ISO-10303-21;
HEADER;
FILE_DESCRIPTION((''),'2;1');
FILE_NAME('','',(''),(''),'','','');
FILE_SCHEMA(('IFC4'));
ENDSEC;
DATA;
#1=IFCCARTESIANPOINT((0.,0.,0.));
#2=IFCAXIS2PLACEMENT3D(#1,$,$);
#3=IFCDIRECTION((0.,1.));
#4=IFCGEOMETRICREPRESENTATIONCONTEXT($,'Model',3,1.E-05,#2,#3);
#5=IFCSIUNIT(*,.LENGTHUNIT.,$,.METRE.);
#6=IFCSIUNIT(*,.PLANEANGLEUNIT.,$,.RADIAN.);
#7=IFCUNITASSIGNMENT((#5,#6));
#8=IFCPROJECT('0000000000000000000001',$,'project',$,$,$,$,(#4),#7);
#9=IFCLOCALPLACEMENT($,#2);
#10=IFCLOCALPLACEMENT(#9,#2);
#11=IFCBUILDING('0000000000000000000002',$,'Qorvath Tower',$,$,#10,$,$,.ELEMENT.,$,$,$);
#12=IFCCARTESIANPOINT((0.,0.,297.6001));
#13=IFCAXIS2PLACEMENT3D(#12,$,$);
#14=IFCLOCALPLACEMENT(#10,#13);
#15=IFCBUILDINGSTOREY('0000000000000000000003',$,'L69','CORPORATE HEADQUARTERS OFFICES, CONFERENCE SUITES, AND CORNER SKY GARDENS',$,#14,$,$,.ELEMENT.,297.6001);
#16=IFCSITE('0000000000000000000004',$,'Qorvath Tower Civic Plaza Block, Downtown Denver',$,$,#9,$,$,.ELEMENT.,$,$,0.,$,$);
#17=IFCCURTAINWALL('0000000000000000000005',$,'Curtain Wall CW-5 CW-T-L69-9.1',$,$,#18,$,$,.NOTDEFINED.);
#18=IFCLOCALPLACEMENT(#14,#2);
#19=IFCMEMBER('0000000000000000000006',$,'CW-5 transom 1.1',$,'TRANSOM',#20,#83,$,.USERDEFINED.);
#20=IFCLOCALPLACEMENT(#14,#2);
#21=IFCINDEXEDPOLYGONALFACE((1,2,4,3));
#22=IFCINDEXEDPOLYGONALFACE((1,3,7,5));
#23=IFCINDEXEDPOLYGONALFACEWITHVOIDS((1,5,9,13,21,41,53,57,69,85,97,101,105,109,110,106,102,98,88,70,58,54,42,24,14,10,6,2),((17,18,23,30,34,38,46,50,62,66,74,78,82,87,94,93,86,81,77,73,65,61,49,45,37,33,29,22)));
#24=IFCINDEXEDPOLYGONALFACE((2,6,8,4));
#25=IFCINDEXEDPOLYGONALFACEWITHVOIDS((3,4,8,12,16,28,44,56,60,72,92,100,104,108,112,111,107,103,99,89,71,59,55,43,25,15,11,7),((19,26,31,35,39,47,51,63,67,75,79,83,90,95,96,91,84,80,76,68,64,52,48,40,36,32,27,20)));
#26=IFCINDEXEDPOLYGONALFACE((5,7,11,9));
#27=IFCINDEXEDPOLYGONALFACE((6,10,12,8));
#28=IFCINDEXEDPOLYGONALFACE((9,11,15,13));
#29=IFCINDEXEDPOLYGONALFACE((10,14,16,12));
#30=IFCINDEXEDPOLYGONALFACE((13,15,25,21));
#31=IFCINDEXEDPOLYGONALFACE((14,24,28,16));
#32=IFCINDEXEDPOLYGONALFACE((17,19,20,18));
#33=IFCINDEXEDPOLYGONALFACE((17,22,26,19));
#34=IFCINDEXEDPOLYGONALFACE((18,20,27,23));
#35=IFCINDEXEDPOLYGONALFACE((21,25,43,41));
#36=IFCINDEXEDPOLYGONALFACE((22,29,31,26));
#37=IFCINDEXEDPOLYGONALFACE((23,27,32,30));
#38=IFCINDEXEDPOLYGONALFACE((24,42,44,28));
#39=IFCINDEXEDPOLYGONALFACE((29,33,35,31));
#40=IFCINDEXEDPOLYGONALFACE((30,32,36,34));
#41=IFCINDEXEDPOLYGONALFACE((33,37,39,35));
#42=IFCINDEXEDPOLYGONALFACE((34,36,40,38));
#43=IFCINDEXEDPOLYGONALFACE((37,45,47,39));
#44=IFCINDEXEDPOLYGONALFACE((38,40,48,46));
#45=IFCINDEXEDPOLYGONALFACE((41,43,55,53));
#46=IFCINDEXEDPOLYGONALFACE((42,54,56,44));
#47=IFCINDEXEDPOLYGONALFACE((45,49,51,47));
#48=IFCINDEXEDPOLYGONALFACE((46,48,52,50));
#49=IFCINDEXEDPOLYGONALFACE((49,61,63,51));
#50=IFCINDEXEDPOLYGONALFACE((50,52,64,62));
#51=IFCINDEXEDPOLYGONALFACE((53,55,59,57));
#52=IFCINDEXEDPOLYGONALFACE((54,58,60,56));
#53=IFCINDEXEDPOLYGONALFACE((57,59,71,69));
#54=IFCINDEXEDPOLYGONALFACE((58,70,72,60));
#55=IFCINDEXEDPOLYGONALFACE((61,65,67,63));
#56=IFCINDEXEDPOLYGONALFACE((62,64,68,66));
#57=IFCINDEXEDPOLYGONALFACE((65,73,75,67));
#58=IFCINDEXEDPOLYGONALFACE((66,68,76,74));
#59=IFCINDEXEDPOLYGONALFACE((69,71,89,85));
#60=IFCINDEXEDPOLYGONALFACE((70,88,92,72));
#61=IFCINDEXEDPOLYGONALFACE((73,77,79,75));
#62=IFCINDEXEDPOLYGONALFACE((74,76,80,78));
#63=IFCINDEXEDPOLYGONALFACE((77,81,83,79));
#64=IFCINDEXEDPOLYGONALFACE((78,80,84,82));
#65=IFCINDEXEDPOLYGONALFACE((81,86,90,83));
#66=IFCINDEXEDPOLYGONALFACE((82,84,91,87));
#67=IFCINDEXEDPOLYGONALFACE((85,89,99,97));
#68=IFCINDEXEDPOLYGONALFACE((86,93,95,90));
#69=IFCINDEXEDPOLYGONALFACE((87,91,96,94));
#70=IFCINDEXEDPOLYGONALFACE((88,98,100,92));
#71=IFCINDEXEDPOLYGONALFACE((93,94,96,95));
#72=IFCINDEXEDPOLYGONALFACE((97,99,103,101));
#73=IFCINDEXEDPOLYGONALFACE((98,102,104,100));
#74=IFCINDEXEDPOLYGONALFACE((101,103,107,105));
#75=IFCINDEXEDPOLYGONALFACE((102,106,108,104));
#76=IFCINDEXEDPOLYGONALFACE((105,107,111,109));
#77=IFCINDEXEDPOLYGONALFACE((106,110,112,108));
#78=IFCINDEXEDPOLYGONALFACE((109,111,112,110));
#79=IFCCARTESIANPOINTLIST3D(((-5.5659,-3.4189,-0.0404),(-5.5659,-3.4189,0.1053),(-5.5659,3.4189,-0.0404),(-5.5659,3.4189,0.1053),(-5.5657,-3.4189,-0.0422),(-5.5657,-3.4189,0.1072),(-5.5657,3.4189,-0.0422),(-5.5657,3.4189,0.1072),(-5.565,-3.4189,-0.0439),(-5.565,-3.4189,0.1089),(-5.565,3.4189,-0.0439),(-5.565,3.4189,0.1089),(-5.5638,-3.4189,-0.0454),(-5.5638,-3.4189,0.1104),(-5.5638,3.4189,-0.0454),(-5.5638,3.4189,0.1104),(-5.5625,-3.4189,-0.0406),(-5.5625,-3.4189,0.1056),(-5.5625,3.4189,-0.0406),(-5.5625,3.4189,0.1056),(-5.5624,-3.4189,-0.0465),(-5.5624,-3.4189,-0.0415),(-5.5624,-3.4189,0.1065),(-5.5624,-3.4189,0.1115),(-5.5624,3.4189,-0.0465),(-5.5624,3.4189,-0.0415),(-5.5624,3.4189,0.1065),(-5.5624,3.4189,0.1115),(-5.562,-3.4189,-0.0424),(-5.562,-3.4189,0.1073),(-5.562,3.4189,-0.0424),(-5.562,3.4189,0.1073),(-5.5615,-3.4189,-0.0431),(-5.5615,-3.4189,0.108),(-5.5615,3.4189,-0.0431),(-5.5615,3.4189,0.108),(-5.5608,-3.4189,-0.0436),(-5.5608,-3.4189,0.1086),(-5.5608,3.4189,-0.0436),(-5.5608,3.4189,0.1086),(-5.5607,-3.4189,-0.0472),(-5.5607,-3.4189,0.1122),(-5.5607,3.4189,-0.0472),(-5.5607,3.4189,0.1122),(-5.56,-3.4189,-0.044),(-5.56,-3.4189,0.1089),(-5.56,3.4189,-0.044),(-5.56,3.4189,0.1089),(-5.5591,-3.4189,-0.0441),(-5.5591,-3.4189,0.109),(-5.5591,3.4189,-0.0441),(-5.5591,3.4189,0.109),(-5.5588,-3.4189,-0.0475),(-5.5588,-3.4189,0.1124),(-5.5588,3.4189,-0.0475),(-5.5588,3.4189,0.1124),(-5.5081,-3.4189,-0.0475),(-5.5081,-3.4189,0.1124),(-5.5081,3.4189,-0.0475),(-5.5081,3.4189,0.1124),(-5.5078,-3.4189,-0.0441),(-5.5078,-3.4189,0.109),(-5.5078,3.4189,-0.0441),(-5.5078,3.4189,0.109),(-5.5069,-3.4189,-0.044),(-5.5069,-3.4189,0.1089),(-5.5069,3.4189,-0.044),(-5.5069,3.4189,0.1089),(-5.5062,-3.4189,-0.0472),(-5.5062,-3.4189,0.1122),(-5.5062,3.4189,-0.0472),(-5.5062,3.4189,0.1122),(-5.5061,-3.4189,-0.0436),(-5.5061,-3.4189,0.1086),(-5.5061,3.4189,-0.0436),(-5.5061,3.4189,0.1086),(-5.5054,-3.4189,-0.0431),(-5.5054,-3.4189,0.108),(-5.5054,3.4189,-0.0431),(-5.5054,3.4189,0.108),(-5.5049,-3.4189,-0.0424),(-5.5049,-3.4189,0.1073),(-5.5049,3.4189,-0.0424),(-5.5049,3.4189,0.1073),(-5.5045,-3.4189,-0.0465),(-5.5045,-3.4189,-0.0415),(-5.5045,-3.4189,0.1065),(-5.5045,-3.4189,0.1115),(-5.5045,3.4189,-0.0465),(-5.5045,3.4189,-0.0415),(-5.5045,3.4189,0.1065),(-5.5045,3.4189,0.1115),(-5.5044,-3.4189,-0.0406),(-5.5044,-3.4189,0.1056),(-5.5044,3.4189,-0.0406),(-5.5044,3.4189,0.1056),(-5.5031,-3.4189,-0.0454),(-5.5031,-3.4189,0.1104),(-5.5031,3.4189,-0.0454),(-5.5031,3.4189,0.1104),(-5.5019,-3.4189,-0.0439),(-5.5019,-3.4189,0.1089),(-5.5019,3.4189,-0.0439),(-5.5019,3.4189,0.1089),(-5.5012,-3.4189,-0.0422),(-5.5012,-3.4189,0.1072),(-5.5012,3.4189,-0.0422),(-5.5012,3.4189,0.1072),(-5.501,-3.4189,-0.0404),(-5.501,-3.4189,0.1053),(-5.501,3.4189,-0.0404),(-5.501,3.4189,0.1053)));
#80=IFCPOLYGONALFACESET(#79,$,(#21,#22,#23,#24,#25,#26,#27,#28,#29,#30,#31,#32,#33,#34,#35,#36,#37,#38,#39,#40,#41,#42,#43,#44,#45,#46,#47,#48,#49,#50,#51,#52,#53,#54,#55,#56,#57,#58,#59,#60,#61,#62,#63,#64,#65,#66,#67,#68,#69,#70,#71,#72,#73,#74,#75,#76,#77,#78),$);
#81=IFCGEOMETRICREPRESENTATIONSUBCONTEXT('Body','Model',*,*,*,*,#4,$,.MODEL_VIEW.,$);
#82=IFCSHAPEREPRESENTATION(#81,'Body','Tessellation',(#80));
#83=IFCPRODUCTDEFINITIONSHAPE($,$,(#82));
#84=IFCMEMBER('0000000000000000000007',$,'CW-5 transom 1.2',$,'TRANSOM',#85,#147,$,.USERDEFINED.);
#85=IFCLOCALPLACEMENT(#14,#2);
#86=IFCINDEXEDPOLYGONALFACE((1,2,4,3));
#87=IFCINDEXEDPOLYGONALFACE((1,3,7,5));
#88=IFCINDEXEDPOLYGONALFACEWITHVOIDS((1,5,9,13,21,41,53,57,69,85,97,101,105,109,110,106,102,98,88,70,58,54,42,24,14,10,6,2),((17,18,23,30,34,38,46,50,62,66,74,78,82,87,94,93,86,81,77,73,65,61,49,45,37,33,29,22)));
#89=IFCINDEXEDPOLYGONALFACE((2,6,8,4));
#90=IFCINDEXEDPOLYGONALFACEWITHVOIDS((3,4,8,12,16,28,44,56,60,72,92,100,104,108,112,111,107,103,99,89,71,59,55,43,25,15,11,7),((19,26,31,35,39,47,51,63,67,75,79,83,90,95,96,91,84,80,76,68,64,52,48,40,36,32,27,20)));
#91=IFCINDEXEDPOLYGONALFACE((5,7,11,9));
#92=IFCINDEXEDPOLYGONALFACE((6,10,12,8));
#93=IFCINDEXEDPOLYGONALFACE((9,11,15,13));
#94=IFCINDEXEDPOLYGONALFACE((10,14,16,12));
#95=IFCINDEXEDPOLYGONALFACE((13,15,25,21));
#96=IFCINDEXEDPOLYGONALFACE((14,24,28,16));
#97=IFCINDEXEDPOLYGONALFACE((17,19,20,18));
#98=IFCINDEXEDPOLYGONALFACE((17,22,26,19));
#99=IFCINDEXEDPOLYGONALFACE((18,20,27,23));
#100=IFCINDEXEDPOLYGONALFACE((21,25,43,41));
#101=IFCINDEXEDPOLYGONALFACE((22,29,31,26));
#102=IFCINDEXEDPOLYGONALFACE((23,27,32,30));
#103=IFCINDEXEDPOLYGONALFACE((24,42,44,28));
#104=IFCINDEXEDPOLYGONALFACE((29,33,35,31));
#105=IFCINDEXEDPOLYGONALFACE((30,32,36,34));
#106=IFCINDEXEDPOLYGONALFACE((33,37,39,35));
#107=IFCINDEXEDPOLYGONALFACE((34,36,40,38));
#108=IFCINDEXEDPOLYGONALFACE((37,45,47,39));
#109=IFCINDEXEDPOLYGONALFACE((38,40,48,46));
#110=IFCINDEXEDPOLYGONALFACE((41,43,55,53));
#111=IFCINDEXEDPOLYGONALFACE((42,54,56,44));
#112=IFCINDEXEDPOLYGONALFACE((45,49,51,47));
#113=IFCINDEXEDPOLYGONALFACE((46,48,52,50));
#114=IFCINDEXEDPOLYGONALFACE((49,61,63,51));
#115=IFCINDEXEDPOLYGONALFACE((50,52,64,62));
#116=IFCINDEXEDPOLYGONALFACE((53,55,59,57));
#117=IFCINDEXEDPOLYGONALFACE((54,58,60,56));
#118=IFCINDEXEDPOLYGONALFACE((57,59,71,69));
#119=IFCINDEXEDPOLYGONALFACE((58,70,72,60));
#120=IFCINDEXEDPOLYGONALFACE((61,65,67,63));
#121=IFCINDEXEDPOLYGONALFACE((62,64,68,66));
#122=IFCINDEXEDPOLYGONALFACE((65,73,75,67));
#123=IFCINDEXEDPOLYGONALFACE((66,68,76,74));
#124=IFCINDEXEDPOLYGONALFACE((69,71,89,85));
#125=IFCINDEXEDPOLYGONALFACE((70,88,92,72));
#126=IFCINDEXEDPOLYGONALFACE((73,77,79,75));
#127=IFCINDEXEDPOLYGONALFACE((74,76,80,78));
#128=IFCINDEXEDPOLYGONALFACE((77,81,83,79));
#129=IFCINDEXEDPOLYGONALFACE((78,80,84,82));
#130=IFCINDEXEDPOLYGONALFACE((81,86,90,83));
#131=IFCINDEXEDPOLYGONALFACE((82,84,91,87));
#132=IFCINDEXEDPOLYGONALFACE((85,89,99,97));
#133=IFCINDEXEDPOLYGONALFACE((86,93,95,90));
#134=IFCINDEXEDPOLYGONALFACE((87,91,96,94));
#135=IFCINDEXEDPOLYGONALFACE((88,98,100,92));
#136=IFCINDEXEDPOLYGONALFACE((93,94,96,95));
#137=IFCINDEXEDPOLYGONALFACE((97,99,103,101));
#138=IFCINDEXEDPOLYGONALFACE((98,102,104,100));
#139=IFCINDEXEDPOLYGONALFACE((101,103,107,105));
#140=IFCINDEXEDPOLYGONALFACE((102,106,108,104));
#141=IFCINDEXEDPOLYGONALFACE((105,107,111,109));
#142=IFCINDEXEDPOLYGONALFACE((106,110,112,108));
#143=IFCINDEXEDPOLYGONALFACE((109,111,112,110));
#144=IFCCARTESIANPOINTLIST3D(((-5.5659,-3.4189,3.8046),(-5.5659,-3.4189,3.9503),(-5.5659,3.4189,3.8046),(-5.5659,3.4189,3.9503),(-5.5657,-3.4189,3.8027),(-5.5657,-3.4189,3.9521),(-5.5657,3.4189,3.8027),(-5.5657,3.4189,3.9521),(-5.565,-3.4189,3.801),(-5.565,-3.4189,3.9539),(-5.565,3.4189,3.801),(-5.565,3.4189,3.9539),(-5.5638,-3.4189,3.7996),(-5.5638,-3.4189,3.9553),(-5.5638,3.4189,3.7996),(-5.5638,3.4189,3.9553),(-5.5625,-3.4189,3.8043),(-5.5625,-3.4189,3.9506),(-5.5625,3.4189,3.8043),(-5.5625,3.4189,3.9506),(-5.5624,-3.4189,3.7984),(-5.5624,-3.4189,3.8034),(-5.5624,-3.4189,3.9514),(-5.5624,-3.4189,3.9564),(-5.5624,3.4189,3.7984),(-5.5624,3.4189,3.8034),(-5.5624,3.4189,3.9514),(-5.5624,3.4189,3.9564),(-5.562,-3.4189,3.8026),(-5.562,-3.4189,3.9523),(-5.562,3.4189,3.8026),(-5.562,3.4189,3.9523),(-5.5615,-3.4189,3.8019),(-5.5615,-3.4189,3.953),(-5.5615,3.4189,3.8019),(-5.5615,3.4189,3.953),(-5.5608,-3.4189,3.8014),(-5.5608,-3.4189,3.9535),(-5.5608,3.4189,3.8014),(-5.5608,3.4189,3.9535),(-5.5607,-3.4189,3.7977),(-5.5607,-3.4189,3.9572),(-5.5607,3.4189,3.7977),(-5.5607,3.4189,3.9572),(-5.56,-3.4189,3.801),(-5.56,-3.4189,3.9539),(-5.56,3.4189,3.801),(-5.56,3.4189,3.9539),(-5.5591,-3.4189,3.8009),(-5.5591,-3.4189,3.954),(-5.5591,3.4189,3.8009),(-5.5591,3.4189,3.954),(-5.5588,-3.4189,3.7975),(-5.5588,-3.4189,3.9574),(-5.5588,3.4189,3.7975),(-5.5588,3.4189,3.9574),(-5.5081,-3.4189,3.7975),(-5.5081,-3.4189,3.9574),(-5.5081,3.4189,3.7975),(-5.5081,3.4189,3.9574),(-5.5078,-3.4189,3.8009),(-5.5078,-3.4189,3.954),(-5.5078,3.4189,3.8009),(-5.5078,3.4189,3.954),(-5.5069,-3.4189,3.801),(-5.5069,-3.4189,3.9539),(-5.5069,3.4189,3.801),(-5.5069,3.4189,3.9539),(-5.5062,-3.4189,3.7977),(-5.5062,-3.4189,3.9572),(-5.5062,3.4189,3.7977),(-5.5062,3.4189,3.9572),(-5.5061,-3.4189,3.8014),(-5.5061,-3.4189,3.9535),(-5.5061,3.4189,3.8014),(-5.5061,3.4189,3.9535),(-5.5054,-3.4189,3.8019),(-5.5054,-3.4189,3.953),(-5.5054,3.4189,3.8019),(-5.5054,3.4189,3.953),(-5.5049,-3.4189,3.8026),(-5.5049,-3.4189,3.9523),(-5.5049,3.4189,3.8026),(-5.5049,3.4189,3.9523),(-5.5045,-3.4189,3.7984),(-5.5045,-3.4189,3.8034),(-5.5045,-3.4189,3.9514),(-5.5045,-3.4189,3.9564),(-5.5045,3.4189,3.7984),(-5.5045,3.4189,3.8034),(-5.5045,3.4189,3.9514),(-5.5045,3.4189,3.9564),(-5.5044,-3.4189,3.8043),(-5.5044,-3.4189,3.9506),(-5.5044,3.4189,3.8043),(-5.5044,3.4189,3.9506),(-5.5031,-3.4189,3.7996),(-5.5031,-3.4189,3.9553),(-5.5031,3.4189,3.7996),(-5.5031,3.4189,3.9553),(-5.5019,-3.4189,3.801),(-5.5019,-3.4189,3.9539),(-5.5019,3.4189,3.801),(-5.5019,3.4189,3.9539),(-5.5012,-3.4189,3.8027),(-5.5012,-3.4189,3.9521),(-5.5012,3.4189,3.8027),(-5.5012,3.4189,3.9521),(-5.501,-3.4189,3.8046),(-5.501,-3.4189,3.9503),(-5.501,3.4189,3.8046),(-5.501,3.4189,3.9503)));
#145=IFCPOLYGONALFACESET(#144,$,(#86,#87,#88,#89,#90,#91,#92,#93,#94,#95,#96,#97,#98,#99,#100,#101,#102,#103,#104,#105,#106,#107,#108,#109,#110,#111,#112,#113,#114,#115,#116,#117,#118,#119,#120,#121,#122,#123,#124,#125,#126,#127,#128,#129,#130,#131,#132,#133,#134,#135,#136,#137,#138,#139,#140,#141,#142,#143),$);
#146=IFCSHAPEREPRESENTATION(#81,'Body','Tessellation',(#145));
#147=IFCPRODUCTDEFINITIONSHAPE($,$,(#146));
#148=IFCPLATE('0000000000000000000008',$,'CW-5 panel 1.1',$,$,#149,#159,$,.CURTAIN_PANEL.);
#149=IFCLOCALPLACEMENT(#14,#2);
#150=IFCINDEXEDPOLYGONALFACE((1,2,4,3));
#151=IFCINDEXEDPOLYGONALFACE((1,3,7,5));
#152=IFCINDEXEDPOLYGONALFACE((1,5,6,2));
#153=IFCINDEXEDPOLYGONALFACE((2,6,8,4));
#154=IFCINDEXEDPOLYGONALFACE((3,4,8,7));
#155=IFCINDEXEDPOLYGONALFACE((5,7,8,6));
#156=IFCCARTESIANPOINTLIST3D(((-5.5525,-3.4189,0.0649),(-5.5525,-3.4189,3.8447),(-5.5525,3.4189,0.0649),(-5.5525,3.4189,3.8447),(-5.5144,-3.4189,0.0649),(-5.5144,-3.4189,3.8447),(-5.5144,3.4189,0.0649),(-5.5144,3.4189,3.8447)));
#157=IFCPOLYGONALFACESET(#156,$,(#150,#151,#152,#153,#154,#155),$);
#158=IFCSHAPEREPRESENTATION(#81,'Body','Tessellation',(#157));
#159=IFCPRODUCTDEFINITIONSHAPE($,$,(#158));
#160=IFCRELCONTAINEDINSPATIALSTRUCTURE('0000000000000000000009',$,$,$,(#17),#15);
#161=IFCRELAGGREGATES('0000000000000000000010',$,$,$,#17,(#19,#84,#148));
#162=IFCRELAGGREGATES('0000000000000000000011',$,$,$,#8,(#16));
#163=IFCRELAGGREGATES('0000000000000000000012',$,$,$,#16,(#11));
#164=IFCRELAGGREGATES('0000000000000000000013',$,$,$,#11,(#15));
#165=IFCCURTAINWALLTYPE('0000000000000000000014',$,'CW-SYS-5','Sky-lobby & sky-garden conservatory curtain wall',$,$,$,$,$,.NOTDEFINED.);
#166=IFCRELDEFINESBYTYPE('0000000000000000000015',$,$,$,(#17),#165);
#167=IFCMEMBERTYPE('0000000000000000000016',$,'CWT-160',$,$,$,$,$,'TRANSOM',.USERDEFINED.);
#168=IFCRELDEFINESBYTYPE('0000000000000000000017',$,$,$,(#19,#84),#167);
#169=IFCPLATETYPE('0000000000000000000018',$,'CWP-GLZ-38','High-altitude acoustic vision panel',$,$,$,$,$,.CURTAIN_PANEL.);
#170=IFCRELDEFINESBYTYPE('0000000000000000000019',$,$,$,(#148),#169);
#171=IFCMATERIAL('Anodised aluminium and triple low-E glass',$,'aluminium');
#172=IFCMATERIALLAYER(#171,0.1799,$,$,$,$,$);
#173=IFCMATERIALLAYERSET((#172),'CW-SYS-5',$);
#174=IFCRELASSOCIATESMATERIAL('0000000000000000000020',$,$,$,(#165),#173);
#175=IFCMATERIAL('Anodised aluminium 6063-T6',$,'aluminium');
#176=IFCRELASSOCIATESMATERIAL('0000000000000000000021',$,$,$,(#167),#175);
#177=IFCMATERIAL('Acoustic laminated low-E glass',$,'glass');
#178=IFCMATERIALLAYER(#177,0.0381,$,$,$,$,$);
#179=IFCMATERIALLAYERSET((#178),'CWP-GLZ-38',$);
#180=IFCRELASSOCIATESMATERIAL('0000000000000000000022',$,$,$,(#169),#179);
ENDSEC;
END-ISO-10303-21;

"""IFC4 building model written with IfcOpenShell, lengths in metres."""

from ifc_helpers import new_model, si_unit, direction, frame, origin, origin_2d, place, context, subcontext, project, spatial, rectangle, hollow_rectangle, extrude, material, layer, layer_set, material_profile, profile_set, type_object, element, aggregate, save


model = new_model("IFC4")

# Units and contexts
model_context = context("Model", 3, precision=1e-05, world=origin(), true_north=direction((0.0, 1.0)))
body_context = subcontext(model_context, "Body", "Model", "MODEL_VIEW")
ifc_project = project(units=[si_unit("LENGTHUNIT", "METRE"), si_unit("PLANEANGLEUNIT", "RADIAN")], contexts=[model_context])

# Site, building, storey
site_placement = place(None, origin())
site = spatial("IfcSite", under=ifc_project, at=site_placement, Name="Qorvath Tower Civic Plaza Block, Downtown Denver", CompositionType="ELEMENT", RefElevation=0.0)
building_placement = place(site_placement, origin())
building = spatial("IfcBuilding", under=site, at=building_placement, Name="Qorvath Tower", CompositionType="ELEMENT")
storey_placement = place(building_placement, frame((0.0, 0.0, 297.6001)))
storey = spatial("IfcBuildingStorey", under=building, at=storey_placement, Name="L69", Description="CORPORATE HEADQUARTERS OFFICES, CONFERENCE SUITES, AND CORNER SKY GARDENS", CompositionType="ELEMENT", Elevation=297.6001)

# Shared definitions
ifc_material_1 = material(Name="Anodised aluminium and triple low-E glass", Category="aluminium")
ifc_layer_1 = layer(ifc_material_1, 0.1799)
ifc_layer_set_1 = layer_set([ifc_layer_1], Name="CW-SYS-5")
curtain_wall_type = type_object("IfcCurtainWallType", Name="CW-SYS-5", Description="Sky-lobby & sky-garden conservatory curtain wall", PredefinedType="NOTDEFINED", material=ifc_layer_set_1)

# Curtain wall, members, plate
curtain_wall_1_placement = place(storey_placement, origin())
curtain_wall_1 = element("IfcCurtainWall", 1, at=curtain_wall_1_placement, inside=storey, type_object=curtain_wall_type, Name="Curtain Wall CW-5 CW-T-L69-9.1", PredefinedType="NOTDEFINED")
ifc_material_2 = material(Name="Anodised aluminium 6063-T6", Category="aluminium")
ifc_material_profile_1 = material_profile(ifc_material_2, hollow_rectangle(XDim=0.0649, YDim=0.1599, WallThickness=0.0034, InnerFilletRadius=0.0034, OuterFilletRadius=0.0071, at=origin_2d()), Name="CWT 160x65")
ifc_profile_set_1 = profile_set([ifc_material_profile_1], Name="Anodised aluminium 6063-T6")
member_type_1 = type_object("IfcMemberType", Name="CWT-160", ElementType="TRANSOM", PredefinedType="USERDEFINED", material=ifc_profile_set_1)
member_1_placement = place(storey_placement, frame((-5.5334, -3.4189, 0.0325), z_axis=(0.0, 1.0, 0.0), x_axis=(-1.0, 0.0, 0.0)))
member_1 = element("IfcMember", 2, at=member_1_placement, type_object=member_type_1, Name="CW-5 transom 1.1", ObjectType="TRANSOM", PredefinedType="USERDEFINED", context=body_context, shape_type="SweptSolid", body=[
    extrude(hollow_rectangle(XDim=0.0649, YDim=0.1599, WallThickness=0.0034, InnerFilletRadius=0.0034, OuterFilletRadius=0.0071, at=origin_2d()), origin(), (0.0, 0.0, 1.0), 6.8379),
])
member_2_placement = place(storey_placement, frame((-5.5334, -3.4189, 3.8774), z_axis=(0.0, 1.0, 0.0), x_axis=(-1.0, 0.0, 0.0)))
member_2 = element("IfcMember", 3, at=member_2_placement, type_object=member_type_1, Name="CW-5 transom 1.2", ObjectType="TRANSOM", PredefinedType="USERDEFINED", context=body_context, shape_type="SweptSolid", body=[
    extrude(hollow_rectangle(XDim=0.0649, YDim=0.1599, WallThickness=0.0034, InnerFilletRadius=0.0034, OuterFilletRadius=0.0071, at=origin_2d()), origin(), (0.0, 0.0, 1.0), 6.8379),
])
ifc_material_3 = material(Name="Acoustic laminated low-E glass", Category="glass")
ifc_layer_2 = layer(ifc_material_3, 0.0381)
ifc_layer_set_2 = layer_set([ifc_layer_2], Name="CWP-GLZ-38")
plate_type = type_object("IfcPlateType", Name="CWP-GLZ-38", Description="High-altitude acoustic vision panel", PredefinedType="CURTAIN_PANEL", material=ifc_layer_set_2)
plate_placement = place(storey_placement, frame((-5.5334, 0.0, 0.0649), z_axis=(0.0, 0.0, 1.0), x_axis=(0.0, 1.0, 0.0)))
plate = element("IfcPlate", 4, at=plate_placement, type_object=plate_type, Name="CW-5 panel 1.1", PredefinedType="CURTAIN_PANEL", context=body_context, shape_type="SweptSolid", body=[
    extrude(rectangle(XDim=6.8379, YDim=0.0381, at=origin_2d()), origin(), (0.0, 0.0, 1.0), 3.7798),
])
aggregate(curtain_wall_1, [member_1, member_2, plate])

save(model, "model.ifc")
